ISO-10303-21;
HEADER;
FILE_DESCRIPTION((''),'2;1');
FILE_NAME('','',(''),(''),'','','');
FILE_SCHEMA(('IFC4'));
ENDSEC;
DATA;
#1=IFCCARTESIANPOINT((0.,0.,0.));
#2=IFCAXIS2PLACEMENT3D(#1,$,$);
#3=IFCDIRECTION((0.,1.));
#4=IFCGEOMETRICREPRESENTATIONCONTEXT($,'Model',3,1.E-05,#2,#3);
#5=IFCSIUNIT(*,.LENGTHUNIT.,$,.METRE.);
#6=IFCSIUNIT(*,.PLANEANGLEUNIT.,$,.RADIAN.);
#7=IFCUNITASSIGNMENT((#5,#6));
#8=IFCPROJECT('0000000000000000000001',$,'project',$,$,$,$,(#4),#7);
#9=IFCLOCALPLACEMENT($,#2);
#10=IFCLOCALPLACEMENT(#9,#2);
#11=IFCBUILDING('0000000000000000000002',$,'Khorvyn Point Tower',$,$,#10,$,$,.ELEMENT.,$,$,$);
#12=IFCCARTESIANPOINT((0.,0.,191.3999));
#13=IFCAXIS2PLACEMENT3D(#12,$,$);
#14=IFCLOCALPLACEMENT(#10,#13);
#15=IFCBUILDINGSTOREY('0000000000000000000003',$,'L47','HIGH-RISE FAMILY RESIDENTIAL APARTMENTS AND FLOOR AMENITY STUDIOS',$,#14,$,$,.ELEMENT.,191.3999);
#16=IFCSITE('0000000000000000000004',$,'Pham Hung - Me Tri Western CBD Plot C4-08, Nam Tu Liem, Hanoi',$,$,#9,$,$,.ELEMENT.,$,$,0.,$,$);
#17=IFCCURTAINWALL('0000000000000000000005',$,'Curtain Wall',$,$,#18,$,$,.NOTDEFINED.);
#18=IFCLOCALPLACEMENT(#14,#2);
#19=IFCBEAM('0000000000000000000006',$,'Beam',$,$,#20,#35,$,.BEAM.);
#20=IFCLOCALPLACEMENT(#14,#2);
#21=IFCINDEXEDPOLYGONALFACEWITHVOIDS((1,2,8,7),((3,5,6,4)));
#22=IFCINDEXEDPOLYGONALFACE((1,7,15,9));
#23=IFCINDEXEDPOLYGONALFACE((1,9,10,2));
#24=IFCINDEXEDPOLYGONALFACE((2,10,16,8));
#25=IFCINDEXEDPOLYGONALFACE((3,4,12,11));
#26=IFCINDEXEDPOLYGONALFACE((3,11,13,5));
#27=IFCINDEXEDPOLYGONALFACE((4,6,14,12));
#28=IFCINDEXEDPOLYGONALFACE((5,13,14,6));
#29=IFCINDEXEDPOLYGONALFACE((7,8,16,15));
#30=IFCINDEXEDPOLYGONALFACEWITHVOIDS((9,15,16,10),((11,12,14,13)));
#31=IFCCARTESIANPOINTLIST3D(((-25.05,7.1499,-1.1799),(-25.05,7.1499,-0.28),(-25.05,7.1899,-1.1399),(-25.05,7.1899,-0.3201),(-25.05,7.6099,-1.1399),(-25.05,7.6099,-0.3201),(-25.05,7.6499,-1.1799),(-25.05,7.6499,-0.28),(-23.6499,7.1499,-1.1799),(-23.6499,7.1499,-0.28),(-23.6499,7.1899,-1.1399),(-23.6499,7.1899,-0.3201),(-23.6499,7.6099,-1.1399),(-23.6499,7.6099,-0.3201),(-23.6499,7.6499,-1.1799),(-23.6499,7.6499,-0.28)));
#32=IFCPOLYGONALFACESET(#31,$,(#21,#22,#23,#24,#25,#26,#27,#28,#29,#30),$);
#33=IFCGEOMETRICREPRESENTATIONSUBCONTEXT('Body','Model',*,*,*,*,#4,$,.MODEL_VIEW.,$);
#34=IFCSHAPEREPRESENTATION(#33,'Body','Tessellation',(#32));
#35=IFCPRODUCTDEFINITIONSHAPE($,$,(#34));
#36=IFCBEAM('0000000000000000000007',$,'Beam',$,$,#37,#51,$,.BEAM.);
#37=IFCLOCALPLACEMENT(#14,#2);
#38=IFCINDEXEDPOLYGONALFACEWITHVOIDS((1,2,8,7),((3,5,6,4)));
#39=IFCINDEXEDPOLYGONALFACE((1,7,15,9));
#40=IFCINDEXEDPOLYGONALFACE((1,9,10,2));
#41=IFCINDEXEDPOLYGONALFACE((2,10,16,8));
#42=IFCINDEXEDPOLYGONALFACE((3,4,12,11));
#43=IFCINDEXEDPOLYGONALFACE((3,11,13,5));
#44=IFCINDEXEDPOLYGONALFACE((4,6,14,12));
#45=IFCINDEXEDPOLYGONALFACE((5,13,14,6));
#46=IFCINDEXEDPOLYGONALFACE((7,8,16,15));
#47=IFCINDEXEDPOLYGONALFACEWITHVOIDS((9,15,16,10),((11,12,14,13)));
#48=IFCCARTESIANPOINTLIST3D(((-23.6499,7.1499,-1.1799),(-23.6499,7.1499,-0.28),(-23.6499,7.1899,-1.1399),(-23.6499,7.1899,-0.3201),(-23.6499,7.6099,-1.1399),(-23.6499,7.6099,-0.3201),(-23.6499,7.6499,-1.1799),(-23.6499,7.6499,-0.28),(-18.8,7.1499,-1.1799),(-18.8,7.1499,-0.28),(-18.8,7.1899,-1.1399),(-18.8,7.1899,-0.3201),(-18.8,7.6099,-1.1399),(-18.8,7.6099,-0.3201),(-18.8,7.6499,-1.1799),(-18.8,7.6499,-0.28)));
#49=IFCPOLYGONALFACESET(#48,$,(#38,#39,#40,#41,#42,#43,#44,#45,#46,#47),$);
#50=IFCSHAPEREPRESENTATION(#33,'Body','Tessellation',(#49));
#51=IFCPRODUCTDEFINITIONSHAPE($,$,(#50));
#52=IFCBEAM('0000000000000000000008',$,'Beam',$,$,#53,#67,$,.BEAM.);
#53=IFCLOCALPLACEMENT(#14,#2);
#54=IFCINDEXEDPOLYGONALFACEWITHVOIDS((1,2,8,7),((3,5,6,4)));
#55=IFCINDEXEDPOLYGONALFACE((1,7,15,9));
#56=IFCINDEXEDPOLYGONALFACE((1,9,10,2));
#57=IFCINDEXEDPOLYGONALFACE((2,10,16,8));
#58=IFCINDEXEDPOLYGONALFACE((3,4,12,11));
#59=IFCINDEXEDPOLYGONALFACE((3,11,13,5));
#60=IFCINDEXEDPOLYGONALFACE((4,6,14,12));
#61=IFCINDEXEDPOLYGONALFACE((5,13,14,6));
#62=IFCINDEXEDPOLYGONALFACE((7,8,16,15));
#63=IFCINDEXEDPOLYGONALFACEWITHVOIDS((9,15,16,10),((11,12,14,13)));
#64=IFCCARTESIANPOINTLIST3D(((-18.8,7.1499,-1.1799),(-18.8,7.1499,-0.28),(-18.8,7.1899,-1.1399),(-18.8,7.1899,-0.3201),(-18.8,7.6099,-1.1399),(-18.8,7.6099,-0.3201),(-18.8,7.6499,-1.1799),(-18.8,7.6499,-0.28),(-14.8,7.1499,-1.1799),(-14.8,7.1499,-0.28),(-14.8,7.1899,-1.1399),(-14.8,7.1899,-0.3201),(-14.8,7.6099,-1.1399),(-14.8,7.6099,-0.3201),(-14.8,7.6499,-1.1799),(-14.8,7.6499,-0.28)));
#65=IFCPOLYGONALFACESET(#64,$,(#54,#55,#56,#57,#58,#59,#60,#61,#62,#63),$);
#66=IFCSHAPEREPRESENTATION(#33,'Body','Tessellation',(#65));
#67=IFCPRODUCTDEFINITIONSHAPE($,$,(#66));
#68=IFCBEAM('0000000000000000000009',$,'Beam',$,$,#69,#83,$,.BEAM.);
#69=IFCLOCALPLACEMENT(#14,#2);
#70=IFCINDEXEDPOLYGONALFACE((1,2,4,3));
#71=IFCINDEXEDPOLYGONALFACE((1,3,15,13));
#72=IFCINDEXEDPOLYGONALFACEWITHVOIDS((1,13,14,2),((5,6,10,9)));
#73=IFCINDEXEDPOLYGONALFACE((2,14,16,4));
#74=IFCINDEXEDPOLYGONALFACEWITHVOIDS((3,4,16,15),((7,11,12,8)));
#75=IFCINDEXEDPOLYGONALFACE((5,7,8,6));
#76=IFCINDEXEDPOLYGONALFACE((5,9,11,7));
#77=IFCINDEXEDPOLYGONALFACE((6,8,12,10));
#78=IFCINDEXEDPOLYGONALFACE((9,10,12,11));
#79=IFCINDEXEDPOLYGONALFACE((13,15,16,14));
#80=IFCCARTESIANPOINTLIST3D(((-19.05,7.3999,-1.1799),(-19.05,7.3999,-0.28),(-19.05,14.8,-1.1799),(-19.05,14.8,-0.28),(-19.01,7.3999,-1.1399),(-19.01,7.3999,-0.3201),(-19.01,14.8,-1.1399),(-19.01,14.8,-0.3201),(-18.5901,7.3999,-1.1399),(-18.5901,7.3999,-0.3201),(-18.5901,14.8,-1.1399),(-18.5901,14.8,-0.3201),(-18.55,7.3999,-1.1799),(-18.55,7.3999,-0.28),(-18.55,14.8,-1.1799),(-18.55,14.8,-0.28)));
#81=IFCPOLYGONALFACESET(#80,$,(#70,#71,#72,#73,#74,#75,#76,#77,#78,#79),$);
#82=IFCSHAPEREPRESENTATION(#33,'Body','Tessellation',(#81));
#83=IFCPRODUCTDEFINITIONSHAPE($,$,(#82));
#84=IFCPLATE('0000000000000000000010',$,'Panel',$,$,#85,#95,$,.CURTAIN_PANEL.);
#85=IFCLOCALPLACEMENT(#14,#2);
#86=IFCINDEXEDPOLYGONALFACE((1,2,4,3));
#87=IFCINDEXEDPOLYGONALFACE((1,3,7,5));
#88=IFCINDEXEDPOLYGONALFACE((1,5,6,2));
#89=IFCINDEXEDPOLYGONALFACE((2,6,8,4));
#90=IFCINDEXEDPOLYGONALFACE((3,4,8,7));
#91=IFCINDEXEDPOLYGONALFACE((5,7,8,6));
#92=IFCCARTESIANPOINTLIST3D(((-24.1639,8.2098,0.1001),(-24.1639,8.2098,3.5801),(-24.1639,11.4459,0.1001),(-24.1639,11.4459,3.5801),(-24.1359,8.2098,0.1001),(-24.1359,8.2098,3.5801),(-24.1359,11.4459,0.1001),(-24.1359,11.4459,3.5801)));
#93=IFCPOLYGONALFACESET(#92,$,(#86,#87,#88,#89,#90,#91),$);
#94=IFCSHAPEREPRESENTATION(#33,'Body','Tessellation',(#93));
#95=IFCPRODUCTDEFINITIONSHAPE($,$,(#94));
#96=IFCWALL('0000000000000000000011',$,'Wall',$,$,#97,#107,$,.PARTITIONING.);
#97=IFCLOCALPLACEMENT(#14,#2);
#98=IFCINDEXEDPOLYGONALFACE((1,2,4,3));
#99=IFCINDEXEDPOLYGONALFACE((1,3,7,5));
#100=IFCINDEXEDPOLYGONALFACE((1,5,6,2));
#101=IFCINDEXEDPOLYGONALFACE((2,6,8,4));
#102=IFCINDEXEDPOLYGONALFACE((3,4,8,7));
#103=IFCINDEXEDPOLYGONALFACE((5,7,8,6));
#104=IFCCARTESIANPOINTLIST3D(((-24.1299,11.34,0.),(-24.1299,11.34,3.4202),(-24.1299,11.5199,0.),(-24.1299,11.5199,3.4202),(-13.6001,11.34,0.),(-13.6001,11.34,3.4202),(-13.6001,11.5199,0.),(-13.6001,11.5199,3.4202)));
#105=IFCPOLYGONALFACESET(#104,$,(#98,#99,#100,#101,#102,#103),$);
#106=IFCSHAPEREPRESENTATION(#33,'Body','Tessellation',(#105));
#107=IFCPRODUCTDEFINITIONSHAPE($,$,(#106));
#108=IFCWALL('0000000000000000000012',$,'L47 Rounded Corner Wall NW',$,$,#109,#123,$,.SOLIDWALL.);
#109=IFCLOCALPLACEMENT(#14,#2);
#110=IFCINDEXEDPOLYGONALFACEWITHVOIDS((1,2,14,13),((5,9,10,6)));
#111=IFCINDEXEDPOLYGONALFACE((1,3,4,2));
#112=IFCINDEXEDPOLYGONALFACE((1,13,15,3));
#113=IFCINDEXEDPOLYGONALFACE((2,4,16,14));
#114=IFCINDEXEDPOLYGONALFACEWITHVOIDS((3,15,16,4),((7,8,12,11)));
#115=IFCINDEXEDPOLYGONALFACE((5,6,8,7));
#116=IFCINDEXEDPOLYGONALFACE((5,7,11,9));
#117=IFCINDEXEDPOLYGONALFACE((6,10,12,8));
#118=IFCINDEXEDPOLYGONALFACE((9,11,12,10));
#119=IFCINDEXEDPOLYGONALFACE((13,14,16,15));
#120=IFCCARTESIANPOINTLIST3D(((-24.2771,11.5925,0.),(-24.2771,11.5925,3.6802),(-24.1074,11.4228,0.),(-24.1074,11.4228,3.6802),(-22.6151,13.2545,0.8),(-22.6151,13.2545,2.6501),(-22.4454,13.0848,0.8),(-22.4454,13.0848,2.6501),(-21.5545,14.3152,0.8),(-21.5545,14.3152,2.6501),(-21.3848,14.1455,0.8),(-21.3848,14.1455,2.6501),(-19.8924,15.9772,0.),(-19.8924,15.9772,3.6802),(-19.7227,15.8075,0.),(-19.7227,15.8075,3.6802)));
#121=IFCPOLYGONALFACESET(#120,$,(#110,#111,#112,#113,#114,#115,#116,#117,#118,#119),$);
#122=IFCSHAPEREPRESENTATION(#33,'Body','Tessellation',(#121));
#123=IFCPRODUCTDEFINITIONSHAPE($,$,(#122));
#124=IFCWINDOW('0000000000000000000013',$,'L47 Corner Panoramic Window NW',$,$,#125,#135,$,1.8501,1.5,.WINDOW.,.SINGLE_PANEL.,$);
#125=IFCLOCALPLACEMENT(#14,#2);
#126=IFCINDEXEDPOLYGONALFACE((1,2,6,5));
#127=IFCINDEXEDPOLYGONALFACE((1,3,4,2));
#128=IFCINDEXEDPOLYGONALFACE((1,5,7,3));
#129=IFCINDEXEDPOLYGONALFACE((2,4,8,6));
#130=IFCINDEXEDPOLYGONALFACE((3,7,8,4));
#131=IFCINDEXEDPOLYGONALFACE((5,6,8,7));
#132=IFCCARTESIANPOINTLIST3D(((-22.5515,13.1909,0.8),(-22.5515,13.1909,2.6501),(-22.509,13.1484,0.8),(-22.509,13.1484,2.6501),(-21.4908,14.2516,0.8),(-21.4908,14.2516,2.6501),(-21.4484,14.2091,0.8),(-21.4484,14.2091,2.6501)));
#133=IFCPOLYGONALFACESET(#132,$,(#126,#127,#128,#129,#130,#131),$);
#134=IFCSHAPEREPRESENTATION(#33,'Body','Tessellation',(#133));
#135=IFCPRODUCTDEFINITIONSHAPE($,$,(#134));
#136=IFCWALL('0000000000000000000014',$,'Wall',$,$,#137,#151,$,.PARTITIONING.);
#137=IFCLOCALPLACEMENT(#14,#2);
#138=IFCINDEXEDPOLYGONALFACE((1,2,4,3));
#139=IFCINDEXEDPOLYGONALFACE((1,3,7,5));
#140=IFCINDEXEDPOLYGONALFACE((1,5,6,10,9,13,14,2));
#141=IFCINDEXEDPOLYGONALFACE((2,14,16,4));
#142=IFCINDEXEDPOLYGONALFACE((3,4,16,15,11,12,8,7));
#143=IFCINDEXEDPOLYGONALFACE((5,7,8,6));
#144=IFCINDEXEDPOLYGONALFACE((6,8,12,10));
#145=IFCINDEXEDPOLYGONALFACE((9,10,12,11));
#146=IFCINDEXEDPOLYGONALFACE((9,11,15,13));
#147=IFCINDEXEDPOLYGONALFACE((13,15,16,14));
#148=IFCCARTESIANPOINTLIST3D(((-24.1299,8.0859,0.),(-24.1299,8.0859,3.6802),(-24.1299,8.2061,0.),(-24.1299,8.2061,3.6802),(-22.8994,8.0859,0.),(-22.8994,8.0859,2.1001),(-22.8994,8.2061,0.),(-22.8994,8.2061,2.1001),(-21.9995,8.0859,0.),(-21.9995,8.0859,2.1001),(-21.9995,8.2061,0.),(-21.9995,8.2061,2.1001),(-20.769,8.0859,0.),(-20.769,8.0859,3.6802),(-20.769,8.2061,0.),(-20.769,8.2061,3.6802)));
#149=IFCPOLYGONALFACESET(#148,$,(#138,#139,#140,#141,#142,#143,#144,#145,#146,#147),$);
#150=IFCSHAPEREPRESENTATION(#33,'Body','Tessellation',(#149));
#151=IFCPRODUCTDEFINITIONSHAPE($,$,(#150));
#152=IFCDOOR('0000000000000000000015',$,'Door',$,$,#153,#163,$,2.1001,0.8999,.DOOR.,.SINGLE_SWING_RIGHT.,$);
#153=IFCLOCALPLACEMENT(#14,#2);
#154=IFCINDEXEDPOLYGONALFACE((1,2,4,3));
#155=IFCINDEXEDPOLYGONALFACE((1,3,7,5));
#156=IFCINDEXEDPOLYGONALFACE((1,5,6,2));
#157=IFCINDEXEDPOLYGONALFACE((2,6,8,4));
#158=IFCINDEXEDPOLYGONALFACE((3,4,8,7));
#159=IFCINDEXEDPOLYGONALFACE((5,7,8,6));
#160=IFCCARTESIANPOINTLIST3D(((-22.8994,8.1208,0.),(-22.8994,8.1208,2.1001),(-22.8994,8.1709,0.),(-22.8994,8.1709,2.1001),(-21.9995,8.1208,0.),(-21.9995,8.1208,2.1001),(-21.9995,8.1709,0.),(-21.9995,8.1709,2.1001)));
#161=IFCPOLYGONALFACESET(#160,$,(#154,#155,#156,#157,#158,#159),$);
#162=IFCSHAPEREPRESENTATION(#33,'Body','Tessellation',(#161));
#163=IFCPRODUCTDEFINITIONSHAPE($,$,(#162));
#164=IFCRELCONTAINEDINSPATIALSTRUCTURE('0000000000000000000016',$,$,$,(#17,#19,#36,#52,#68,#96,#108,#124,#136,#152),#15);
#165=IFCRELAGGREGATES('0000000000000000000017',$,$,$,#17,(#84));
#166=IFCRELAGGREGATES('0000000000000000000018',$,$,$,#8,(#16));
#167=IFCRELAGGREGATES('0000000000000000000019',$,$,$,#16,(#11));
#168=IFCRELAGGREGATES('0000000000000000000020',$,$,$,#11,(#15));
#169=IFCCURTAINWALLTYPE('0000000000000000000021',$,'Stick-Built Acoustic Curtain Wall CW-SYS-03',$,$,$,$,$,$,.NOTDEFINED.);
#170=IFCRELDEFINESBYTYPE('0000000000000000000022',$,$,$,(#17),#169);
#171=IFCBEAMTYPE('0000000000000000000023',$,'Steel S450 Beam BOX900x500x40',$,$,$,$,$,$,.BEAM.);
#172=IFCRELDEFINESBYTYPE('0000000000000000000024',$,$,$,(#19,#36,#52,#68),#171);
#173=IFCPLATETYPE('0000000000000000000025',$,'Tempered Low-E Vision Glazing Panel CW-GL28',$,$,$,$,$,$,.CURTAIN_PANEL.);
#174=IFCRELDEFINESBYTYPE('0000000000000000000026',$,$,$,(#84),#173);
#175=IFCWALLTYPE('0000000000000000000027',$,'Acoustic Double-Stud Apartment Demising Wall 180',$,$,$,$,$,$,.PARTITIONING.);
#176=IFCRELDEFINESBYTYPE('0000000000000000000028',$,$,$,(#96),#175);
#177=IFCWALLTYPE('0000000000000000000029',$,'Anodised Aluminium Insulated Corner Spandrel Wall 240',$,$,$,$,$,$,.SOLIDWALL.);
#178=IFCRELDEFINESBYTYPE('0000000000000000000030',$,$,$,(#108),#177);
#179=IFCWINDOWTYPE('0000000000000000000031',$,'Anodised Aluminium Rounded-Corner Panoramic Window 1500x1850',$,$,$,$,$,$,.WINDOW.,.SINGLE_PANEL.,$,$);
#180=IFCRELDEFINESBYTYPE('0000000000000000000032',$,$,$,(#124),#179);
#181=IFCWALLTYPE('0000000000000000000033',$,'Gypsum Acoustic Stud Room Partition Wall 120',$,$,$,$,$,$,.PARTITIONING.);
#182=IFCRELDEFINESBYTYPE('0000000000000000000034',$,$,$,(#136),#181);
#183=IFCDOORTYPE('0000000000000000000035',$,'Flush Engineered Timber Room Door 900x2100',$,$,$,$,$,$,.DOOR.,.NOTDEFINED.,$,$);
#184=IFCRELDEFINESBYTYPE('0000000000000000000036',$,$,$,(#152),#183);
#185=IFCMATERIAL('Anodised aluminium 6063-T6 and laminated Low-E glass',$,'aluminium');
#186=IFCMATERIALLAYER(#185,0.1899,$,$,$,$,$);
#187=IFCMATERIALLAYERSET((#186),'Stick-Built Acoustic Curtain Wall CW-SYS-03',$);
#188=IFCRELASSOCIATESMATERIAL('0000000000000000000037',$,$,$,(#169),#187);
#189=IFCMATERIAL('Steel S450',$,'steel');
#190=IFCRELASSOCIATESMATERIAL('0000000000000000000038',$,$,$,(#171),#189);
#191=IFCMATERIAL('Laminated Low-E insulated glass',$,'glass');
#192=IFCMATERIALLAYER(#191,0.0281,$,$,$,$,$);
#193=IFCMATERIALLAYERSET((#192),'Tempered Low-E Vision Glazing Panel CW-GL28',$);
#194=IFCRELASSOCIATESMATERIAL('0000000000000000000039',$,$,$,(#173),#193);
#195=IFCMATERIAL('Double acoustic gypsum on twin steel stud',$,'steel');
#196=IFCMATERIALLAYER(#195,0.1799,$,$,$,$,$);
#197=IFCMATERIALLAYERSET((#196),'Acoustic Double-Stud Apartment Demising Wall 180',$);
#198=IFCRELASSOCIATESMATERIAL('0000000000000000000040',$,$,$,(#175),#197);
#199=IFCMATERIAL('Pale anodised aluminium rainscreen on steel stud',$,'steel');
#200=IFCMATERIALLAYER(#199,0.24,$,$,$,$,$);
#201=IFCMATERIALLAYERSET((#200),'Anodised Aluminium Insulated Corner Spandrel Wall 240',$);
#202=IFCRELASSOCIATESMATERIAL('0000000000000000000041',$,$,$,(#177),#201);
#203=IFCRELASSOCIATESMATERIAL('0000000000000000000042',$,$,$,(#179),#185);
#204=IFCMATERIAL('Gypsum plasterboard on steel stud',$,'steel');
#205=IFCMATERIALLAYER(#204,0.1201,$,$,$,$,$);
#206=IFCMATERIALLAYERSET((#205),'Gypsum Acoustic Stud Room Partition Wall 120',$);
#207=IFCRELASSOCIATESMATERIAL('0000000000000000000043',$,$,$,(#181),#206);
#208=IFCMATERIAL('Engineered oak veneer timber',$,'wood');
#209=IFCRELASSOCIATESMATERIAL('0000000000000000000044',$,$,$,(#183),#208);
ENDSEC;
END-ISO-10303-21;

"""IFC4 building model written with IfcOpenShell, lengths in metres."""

from ifc_helpers import new_model, si_unit, direction, frame, frame_2d, origin, origin_2d, place, context, subcontext, project, spatial, rectangle, hollow_rectangle, extrude, material, layer, layer_set, material_profile, profile_set, type_object, element, fill, aggregate, save


model = new_model("IFC4")

# Units and contexts
model_context = context("Model", 3, precision=1e-05, world=origin(), true_north=direction((0.0, 1.0)))
body_context = subcontext(model_context, "Body", "Model", "MODEL_VIEW")
ifc_project = project(units=[si_unit("LENGTHUNIT", "METRE"), si_unit("PLANEANGLEUNIT", "RADIAN")], contexts=[model_context])

# Site, building, storey
site_placement = place(None, origin())
site = spatial("IfcSite", under=ifc_project, at=site_placement, Name="Pham Hung - Me Tri Western CBD Plot C4-08, Nam Tu Liem, Hanoi", CompositionType="ELEMENT", RefElevation=0.0)
building_placement = place(site_placement, origin())
building = spatial("IfcBuilding", under=site, at=building_placement, Name="Khorvyn Point Tower", CompositionType="ELEMENT")
storey_placement = place(building_placement, frame((0.0, 0.0, 191.3999)))
storey = spatial("IfcBuildingStorey", under=building, at=storey_placement, Name="L47", Description="HIGH-RISE FAMILY RESIDENTIAL APARTMENTS AND FLOOR AMENITY STUDIOS", CompositionType="ELEMENT", Elevation=191.3999)

# Shared definitions
ifc_material_1 = material(Name="Steel S450", Category="steel")

# Curtain wall
ifc_material_2 = material(Name="Anodised aluminium 6063-T6 and laminated Low-E glass", Category="aluminium")
ifc_layer_1 = layer(ifc_material_2, 0.1899)
ifc_layer_set_1 = layer_set([ifc_layer_1], Name="Stick-Built Acoustic Curtain Wall CW-SYS-03")
curtain_wall_type = type_object("IfcCurtainWallType", Name="Stick-Built Acoustic Curtain Wall CW-SYS-03", PredefinedType="NOTDEFINED", material=ifc_layer_set_1)
curtain_wall_1_placement = place(storey_placement, origin())
curtain_wall_1 = element("IfcCurtainWall", 1, at=curtain_wall_1_placement, inside=storey, type_object=curtain_wall_type, Name="Curtain Wall", PredefinedType="NOTDEFINED")

# Beams
ifc_material_profile_1 = material_profile(ifc_material_1, hollow_rectangle(XDim=0.5, YDim=0.8999, WallThickness=0.04, at=origin_2d()))
ifc_profile_set_1 = profile_set([ifc_material_profile_1], Name="Steel S450 BOX900x500x40")
beam_type_1 = type_object("IfcBeamType", Name="Steel S450 Beam BOX900x500x40", PredefinedType="BEAM", material=ifc_profile_set_1)
beam_1_placement = place(storey_placement, frame((-25.05, 7.3999, -0.73), z_axis=(1.0, 0.0, 0.0), x_axis=(0.0, 1.0, 0.0)))
element("IfcBeam", 2, at=beam_1_placement, inside=storey, type_object=beam_type_1, Name="Beam", PredefinedType="BEAM", context=body_context, shape_type="SweptSolid", body=[
    extrude(hollow_rectangle(XDim=0.5, YDim=0.8999, WallThickness=0.04, at=origin_2d()), origin(), (0.0, 0.0, 1.0), 1.4001),
])
beam_2_placement = place(storey_placement, frame((-23.6499, 7.3999, -0.73), z_axis=(1.0, 0.0, 0.0), x_axis=(0.0, 1.0, 0.0)))
element("IfcBeam", 3, at=beam_2_placement, inside=storey, type_object=beam_type_1, Name="Beam", PredefinedType="BEAM", context=body_context, shape_type="SweptSolid", body=[
    extrude(hollow_rectangle(XDim=0.5, YDim=0.8999, WallThickness=0.04, at=origin_2d()), origin(), (0.0, 0.0, 1.0), 4.8499),
])
beam_3_placement = place(storey_placement, frame((-18.8, 7.3999, -0.73), z_axis=(1.0, 0.0, 0.0), x_axis=(0.0, 1.0, 0.0)))
element("IfcBeam", 4, at=beam_3_placement, inside=storey, type_object=beam_type_1, Name="Beam", PredefinedType="BEAM", context=body_context, shape_type="SweptSolid", body=[
    extrude(hollow_rectangle(XDim=0.5, YDim=0.8999, WallThickness=0.04, at=origin_2d()), origin(), (0.0, 0.0, 1.0), 4.0),
])
beam_4_placement = place(storey_placement, frame((-18.8, 7.3999, -0.73), z_axis=(0.0, 1.0, 0.0), x_axis=(-1.0, 0.0, 0.0)))
element("IfcBeam", 5, at=beam_4_placement, inside=storey, type_object=beam_type_1, Name="Beam", PredefinedType="BEAM", context=body_context, shape_type="SweptSolid", body=[
    extrude(hollow_rectangle(XDim=0.5, YDim=0.8999, WallThickness=0.04, at=origin_2d()), origin(), (0.0, 0.0, 1.0), 7.4001),
])

# Plate
ifc_material_3 = material(Name="Laminated Low-E insulated glass", Category="glass")
ifc_layer_2 = layer(ifc_material_3, 0.0281)
ifc_layer_set_2 = layer_set([ifc_layer_2], Name="Tempered Low-E Vision Glazing Panel CW-GL28")
plate_type = type_object("IfcPlateType", Name="Tempered Low-E Vision Glazing Panel CW-GL28", PredefinedType="CURTAIN_PANEL", material=ifc_layer_set_2)
plate_placement = place(storey_placement, frame((-24.1499, 9.8279, 0.1001), z_axis=(0.0, 0.0, 1.0), x_axis=(0.0, 1.0, 0.0)))
plate = element("IfcPlate", 6, at=plate_placement, type_object=plate_type, Name="Panel", PredefinedType="CURTAIN_PANEL", context=body_context, shape_type="SweptSolid", body=[
    extrude(rectangle(XDim=3.2361, YDim=0.0281, at=origin_2d()), origin(), (0.0, 0.0, 1.0), 3.48),
])
aggregate(curtain_wall_1, [plate])

# Wall
ifc_material_4 = material(Name="Double acoustic gypsum on twin steel stud", Category="steel")
ifc_layer_3 = layer(ifc_material_4, 0.1799)
ifc_layer_set_3 = layer_set([ifc_layer_3], Name="Acoustic Double-Stud Apartment Demising Wall 180")
wall_type_1 = type_object("IfcWallType", Name="Acoustic Double-Stud Apartment Demising Wall 180", PredefinedType="PARTITIONING", material=ifc_layer_set_3)
wall_1_placement = place(storey_placement, frame((-24.1299, 11.4299, 0.0), z_axis=(0.0, 0.0, 1.0), x_axis=(1.0, 0.0, 0.0)))
element("IfcWall", 7, at=wall_1_placement, inside=storey, type_object=wall_type_1, Name="Wall", PredefinedType="PARTITIONING", context=body_context, shape_type="SweptSolid", body=[
    extrude(rectangle(XDim=10.5298, YDim=0.1799, at=frame_2d((5.2649, 0.0))), origin(), (0.0, 0.0, 1.0), 3.4202),
])

# Wall, opening, window
ifc_material_5 = material(Name="Pale anodised aluminium rainscreen on steel stud", Category="steel")
ifc_layer_4 = layer(ifc_material_5, 0.24)
ifc_layer_set_4 = layer_set([ifc_layer_4], Name="Anodised Aluminium Insulated Corner Spandrel Wall 240")
wall_type_2 = type_object("IfcWallType", Name="Anodised Aluminium Insulated Corner Spandrel Wall 240", PredefinedType="SOLIDWALL", material=ifc_layer_set_4)
wall_2_placement = place(storey_placement, frame((-24.1924, 11.5076, 0.0), z_axis=(0.0, 0.0, 1.0), x_axis=(0.707107, 0.707107, 0.0)))
wall_2 = element("IfcWall", 8, at=wall_2_placement, inside=storey, type_object=wall_type_2, Name="L47 Rounded Corner Wall NW", PredefinedType="SOLIDWALL", context=body_context, shape_type="SweptSolid", body=[
    extrude(rectangle(XDim=6.2009, YDim=0.24, at=frame_2d((3.1006, 0.0))), origin(), (0.0, 0.0, 1.0), 3.6802),
])
opening_1_placement = place(wall_2_placement, frame((2.3506, 0.0, 0.8)))
opening_1 = element("IfcOpeningElement", 9, at=opening_1_placement, cuts=wall_2, PredefinedType="OPENING", context=body_context, shape_type="SweptSolid", body=[
    extrude(rectangle(XDim=1.5, YDim=1.8501, at=frame_2d((0.75, 0.925))), frame((0.0, 0.1299, 0.0), z_axis=(0.0, -1.0, 0.0), x_axis=(1.0, 0.0, 0.0)), (0.0, 0.0, 1.0), 0.26),
])
window_type = type_object("IfcWindowType", Name="Anodised Aluminium Rounded-Corner Panoramic Window 1500x1850", PartitioningType="SINGLE_PANEL", PredefinedType="WINDOW", material=ifc_material_2)
window_placement = place(opening_1_placement, origin())
window = element("IfcWindow", 10, at=window_placement, inside=storey, type_object=window_type, Name="L47 Corner Panoramic Window NW", OverallHeight=1.8501, OverallWidth=1.5, PartitioningType="SINGLE_PANEL", PredefinedType="WINDOW", context=body_context, shape_type="SweptSolid", body=[
    extrude(rectangle(XDim=1.5, YDim=1.8501, at=frame_2d((0.75, 0.925))), frame((0.0, 0.03, 0.0), z_axis=(0.0, -1.0, 0.0), x_axis=(1.0, 0.0, 0.0)), (0.0, 0.0, 1.0), 0.0601),
])
fill(opening_1, window)

# Wall, opening, door
ifc_material_6 = material(Name="Gypsum plasterboard on steel stud", Category="steel")
ifc_layer_5 = layer(ifc_material_6, 0.1201)
ifc_layer_set_5 = layer_set([ifc_layer_5], Name="Gypsum Acoustic Stud Room Partition Wall 120")
wall_type_3 = type_object("IfcWallType", Name="Gypsum Acoustic Stud Room Partition Wall 120", PredefinedType="PARTITIONING", material=ifc_layer_set_5)
wall_3_placement = place(storey_placement, frame((-24.1299, 8.146, 0.0), z_axis=(0.0, 0.0, 1.0), x_axis=(1.0, 0.0, 0.0)))
wall_3 = element("IfcWall", 11, at=wall_3_placement, inside=storey, type_object=wall_type_3, Name="Wall", PredefinedType="PARTITIONING", context=body_context, shape_type="SweptSolid", body=[
    extrude(rectangle(XDim=3.3608, YDim=0.1201, at=frame_2d((1.6804, 0.0))), origin(), (0.0, 0.0, 1.0), 3.6802),
])
opening_2_placement = place(wall_3_placement, frame((1.2305, 0.0, 0.0)))
opening_2 = element("IfcOpeningElement", 12, at=opening_2_placement, cuts=wall_3, PredefinedType="OPENING", context=body_context, shape_type="SweptSolid", body=[
    extrude(rectangle(XDim=0.8999, YDim=2.1001, at=frame_2d((0.45, 1.05))), frame((0.0, 0.0701, 0.0), z_axis=(0.0, -1.0, 0.0), x_axis=(1.0, 0.0, 0.0)), (0.0, 0.0, 1.0), 0.1401),
])
ifc_material_7 = material(Name="Engineered oak veneer timber", Category="wood")
door_type_1 = type_object("IfcDoorType", Name="Flush Engineered Timber Room Door 900x2100", OperationType="NOTDEFINED", PredefinedType="DOOR", material=ifc_material_7)
door_1_placement = place(opening_2_placement, origin())
door_1 = element("IfcDoor", 13, at=door_1_placement, inside=storey, type_object=door_type_1, Name="Door", OperationType="SINGLE_SWING_RIGHT", OverallHeight=2.1001, OverallWidth=0.8999, PredefinedType="DOOR", context=body_context, shape_type="SweptSolid", body=[
    extrude(rectangle(XDim=0.8999, YDim=2.1001, at=frame_2d((0.45, 1.05))), frame((0.0, 0.0249, 0.0), z_axis=(0.0, -1.0, 0.0), x_axis=(1.0, 0.0, 0.0)), (0.0, 0.0, 1.0), 0.05),
])
fill(opening_2, door_1)

save(model, "model.ifc")
